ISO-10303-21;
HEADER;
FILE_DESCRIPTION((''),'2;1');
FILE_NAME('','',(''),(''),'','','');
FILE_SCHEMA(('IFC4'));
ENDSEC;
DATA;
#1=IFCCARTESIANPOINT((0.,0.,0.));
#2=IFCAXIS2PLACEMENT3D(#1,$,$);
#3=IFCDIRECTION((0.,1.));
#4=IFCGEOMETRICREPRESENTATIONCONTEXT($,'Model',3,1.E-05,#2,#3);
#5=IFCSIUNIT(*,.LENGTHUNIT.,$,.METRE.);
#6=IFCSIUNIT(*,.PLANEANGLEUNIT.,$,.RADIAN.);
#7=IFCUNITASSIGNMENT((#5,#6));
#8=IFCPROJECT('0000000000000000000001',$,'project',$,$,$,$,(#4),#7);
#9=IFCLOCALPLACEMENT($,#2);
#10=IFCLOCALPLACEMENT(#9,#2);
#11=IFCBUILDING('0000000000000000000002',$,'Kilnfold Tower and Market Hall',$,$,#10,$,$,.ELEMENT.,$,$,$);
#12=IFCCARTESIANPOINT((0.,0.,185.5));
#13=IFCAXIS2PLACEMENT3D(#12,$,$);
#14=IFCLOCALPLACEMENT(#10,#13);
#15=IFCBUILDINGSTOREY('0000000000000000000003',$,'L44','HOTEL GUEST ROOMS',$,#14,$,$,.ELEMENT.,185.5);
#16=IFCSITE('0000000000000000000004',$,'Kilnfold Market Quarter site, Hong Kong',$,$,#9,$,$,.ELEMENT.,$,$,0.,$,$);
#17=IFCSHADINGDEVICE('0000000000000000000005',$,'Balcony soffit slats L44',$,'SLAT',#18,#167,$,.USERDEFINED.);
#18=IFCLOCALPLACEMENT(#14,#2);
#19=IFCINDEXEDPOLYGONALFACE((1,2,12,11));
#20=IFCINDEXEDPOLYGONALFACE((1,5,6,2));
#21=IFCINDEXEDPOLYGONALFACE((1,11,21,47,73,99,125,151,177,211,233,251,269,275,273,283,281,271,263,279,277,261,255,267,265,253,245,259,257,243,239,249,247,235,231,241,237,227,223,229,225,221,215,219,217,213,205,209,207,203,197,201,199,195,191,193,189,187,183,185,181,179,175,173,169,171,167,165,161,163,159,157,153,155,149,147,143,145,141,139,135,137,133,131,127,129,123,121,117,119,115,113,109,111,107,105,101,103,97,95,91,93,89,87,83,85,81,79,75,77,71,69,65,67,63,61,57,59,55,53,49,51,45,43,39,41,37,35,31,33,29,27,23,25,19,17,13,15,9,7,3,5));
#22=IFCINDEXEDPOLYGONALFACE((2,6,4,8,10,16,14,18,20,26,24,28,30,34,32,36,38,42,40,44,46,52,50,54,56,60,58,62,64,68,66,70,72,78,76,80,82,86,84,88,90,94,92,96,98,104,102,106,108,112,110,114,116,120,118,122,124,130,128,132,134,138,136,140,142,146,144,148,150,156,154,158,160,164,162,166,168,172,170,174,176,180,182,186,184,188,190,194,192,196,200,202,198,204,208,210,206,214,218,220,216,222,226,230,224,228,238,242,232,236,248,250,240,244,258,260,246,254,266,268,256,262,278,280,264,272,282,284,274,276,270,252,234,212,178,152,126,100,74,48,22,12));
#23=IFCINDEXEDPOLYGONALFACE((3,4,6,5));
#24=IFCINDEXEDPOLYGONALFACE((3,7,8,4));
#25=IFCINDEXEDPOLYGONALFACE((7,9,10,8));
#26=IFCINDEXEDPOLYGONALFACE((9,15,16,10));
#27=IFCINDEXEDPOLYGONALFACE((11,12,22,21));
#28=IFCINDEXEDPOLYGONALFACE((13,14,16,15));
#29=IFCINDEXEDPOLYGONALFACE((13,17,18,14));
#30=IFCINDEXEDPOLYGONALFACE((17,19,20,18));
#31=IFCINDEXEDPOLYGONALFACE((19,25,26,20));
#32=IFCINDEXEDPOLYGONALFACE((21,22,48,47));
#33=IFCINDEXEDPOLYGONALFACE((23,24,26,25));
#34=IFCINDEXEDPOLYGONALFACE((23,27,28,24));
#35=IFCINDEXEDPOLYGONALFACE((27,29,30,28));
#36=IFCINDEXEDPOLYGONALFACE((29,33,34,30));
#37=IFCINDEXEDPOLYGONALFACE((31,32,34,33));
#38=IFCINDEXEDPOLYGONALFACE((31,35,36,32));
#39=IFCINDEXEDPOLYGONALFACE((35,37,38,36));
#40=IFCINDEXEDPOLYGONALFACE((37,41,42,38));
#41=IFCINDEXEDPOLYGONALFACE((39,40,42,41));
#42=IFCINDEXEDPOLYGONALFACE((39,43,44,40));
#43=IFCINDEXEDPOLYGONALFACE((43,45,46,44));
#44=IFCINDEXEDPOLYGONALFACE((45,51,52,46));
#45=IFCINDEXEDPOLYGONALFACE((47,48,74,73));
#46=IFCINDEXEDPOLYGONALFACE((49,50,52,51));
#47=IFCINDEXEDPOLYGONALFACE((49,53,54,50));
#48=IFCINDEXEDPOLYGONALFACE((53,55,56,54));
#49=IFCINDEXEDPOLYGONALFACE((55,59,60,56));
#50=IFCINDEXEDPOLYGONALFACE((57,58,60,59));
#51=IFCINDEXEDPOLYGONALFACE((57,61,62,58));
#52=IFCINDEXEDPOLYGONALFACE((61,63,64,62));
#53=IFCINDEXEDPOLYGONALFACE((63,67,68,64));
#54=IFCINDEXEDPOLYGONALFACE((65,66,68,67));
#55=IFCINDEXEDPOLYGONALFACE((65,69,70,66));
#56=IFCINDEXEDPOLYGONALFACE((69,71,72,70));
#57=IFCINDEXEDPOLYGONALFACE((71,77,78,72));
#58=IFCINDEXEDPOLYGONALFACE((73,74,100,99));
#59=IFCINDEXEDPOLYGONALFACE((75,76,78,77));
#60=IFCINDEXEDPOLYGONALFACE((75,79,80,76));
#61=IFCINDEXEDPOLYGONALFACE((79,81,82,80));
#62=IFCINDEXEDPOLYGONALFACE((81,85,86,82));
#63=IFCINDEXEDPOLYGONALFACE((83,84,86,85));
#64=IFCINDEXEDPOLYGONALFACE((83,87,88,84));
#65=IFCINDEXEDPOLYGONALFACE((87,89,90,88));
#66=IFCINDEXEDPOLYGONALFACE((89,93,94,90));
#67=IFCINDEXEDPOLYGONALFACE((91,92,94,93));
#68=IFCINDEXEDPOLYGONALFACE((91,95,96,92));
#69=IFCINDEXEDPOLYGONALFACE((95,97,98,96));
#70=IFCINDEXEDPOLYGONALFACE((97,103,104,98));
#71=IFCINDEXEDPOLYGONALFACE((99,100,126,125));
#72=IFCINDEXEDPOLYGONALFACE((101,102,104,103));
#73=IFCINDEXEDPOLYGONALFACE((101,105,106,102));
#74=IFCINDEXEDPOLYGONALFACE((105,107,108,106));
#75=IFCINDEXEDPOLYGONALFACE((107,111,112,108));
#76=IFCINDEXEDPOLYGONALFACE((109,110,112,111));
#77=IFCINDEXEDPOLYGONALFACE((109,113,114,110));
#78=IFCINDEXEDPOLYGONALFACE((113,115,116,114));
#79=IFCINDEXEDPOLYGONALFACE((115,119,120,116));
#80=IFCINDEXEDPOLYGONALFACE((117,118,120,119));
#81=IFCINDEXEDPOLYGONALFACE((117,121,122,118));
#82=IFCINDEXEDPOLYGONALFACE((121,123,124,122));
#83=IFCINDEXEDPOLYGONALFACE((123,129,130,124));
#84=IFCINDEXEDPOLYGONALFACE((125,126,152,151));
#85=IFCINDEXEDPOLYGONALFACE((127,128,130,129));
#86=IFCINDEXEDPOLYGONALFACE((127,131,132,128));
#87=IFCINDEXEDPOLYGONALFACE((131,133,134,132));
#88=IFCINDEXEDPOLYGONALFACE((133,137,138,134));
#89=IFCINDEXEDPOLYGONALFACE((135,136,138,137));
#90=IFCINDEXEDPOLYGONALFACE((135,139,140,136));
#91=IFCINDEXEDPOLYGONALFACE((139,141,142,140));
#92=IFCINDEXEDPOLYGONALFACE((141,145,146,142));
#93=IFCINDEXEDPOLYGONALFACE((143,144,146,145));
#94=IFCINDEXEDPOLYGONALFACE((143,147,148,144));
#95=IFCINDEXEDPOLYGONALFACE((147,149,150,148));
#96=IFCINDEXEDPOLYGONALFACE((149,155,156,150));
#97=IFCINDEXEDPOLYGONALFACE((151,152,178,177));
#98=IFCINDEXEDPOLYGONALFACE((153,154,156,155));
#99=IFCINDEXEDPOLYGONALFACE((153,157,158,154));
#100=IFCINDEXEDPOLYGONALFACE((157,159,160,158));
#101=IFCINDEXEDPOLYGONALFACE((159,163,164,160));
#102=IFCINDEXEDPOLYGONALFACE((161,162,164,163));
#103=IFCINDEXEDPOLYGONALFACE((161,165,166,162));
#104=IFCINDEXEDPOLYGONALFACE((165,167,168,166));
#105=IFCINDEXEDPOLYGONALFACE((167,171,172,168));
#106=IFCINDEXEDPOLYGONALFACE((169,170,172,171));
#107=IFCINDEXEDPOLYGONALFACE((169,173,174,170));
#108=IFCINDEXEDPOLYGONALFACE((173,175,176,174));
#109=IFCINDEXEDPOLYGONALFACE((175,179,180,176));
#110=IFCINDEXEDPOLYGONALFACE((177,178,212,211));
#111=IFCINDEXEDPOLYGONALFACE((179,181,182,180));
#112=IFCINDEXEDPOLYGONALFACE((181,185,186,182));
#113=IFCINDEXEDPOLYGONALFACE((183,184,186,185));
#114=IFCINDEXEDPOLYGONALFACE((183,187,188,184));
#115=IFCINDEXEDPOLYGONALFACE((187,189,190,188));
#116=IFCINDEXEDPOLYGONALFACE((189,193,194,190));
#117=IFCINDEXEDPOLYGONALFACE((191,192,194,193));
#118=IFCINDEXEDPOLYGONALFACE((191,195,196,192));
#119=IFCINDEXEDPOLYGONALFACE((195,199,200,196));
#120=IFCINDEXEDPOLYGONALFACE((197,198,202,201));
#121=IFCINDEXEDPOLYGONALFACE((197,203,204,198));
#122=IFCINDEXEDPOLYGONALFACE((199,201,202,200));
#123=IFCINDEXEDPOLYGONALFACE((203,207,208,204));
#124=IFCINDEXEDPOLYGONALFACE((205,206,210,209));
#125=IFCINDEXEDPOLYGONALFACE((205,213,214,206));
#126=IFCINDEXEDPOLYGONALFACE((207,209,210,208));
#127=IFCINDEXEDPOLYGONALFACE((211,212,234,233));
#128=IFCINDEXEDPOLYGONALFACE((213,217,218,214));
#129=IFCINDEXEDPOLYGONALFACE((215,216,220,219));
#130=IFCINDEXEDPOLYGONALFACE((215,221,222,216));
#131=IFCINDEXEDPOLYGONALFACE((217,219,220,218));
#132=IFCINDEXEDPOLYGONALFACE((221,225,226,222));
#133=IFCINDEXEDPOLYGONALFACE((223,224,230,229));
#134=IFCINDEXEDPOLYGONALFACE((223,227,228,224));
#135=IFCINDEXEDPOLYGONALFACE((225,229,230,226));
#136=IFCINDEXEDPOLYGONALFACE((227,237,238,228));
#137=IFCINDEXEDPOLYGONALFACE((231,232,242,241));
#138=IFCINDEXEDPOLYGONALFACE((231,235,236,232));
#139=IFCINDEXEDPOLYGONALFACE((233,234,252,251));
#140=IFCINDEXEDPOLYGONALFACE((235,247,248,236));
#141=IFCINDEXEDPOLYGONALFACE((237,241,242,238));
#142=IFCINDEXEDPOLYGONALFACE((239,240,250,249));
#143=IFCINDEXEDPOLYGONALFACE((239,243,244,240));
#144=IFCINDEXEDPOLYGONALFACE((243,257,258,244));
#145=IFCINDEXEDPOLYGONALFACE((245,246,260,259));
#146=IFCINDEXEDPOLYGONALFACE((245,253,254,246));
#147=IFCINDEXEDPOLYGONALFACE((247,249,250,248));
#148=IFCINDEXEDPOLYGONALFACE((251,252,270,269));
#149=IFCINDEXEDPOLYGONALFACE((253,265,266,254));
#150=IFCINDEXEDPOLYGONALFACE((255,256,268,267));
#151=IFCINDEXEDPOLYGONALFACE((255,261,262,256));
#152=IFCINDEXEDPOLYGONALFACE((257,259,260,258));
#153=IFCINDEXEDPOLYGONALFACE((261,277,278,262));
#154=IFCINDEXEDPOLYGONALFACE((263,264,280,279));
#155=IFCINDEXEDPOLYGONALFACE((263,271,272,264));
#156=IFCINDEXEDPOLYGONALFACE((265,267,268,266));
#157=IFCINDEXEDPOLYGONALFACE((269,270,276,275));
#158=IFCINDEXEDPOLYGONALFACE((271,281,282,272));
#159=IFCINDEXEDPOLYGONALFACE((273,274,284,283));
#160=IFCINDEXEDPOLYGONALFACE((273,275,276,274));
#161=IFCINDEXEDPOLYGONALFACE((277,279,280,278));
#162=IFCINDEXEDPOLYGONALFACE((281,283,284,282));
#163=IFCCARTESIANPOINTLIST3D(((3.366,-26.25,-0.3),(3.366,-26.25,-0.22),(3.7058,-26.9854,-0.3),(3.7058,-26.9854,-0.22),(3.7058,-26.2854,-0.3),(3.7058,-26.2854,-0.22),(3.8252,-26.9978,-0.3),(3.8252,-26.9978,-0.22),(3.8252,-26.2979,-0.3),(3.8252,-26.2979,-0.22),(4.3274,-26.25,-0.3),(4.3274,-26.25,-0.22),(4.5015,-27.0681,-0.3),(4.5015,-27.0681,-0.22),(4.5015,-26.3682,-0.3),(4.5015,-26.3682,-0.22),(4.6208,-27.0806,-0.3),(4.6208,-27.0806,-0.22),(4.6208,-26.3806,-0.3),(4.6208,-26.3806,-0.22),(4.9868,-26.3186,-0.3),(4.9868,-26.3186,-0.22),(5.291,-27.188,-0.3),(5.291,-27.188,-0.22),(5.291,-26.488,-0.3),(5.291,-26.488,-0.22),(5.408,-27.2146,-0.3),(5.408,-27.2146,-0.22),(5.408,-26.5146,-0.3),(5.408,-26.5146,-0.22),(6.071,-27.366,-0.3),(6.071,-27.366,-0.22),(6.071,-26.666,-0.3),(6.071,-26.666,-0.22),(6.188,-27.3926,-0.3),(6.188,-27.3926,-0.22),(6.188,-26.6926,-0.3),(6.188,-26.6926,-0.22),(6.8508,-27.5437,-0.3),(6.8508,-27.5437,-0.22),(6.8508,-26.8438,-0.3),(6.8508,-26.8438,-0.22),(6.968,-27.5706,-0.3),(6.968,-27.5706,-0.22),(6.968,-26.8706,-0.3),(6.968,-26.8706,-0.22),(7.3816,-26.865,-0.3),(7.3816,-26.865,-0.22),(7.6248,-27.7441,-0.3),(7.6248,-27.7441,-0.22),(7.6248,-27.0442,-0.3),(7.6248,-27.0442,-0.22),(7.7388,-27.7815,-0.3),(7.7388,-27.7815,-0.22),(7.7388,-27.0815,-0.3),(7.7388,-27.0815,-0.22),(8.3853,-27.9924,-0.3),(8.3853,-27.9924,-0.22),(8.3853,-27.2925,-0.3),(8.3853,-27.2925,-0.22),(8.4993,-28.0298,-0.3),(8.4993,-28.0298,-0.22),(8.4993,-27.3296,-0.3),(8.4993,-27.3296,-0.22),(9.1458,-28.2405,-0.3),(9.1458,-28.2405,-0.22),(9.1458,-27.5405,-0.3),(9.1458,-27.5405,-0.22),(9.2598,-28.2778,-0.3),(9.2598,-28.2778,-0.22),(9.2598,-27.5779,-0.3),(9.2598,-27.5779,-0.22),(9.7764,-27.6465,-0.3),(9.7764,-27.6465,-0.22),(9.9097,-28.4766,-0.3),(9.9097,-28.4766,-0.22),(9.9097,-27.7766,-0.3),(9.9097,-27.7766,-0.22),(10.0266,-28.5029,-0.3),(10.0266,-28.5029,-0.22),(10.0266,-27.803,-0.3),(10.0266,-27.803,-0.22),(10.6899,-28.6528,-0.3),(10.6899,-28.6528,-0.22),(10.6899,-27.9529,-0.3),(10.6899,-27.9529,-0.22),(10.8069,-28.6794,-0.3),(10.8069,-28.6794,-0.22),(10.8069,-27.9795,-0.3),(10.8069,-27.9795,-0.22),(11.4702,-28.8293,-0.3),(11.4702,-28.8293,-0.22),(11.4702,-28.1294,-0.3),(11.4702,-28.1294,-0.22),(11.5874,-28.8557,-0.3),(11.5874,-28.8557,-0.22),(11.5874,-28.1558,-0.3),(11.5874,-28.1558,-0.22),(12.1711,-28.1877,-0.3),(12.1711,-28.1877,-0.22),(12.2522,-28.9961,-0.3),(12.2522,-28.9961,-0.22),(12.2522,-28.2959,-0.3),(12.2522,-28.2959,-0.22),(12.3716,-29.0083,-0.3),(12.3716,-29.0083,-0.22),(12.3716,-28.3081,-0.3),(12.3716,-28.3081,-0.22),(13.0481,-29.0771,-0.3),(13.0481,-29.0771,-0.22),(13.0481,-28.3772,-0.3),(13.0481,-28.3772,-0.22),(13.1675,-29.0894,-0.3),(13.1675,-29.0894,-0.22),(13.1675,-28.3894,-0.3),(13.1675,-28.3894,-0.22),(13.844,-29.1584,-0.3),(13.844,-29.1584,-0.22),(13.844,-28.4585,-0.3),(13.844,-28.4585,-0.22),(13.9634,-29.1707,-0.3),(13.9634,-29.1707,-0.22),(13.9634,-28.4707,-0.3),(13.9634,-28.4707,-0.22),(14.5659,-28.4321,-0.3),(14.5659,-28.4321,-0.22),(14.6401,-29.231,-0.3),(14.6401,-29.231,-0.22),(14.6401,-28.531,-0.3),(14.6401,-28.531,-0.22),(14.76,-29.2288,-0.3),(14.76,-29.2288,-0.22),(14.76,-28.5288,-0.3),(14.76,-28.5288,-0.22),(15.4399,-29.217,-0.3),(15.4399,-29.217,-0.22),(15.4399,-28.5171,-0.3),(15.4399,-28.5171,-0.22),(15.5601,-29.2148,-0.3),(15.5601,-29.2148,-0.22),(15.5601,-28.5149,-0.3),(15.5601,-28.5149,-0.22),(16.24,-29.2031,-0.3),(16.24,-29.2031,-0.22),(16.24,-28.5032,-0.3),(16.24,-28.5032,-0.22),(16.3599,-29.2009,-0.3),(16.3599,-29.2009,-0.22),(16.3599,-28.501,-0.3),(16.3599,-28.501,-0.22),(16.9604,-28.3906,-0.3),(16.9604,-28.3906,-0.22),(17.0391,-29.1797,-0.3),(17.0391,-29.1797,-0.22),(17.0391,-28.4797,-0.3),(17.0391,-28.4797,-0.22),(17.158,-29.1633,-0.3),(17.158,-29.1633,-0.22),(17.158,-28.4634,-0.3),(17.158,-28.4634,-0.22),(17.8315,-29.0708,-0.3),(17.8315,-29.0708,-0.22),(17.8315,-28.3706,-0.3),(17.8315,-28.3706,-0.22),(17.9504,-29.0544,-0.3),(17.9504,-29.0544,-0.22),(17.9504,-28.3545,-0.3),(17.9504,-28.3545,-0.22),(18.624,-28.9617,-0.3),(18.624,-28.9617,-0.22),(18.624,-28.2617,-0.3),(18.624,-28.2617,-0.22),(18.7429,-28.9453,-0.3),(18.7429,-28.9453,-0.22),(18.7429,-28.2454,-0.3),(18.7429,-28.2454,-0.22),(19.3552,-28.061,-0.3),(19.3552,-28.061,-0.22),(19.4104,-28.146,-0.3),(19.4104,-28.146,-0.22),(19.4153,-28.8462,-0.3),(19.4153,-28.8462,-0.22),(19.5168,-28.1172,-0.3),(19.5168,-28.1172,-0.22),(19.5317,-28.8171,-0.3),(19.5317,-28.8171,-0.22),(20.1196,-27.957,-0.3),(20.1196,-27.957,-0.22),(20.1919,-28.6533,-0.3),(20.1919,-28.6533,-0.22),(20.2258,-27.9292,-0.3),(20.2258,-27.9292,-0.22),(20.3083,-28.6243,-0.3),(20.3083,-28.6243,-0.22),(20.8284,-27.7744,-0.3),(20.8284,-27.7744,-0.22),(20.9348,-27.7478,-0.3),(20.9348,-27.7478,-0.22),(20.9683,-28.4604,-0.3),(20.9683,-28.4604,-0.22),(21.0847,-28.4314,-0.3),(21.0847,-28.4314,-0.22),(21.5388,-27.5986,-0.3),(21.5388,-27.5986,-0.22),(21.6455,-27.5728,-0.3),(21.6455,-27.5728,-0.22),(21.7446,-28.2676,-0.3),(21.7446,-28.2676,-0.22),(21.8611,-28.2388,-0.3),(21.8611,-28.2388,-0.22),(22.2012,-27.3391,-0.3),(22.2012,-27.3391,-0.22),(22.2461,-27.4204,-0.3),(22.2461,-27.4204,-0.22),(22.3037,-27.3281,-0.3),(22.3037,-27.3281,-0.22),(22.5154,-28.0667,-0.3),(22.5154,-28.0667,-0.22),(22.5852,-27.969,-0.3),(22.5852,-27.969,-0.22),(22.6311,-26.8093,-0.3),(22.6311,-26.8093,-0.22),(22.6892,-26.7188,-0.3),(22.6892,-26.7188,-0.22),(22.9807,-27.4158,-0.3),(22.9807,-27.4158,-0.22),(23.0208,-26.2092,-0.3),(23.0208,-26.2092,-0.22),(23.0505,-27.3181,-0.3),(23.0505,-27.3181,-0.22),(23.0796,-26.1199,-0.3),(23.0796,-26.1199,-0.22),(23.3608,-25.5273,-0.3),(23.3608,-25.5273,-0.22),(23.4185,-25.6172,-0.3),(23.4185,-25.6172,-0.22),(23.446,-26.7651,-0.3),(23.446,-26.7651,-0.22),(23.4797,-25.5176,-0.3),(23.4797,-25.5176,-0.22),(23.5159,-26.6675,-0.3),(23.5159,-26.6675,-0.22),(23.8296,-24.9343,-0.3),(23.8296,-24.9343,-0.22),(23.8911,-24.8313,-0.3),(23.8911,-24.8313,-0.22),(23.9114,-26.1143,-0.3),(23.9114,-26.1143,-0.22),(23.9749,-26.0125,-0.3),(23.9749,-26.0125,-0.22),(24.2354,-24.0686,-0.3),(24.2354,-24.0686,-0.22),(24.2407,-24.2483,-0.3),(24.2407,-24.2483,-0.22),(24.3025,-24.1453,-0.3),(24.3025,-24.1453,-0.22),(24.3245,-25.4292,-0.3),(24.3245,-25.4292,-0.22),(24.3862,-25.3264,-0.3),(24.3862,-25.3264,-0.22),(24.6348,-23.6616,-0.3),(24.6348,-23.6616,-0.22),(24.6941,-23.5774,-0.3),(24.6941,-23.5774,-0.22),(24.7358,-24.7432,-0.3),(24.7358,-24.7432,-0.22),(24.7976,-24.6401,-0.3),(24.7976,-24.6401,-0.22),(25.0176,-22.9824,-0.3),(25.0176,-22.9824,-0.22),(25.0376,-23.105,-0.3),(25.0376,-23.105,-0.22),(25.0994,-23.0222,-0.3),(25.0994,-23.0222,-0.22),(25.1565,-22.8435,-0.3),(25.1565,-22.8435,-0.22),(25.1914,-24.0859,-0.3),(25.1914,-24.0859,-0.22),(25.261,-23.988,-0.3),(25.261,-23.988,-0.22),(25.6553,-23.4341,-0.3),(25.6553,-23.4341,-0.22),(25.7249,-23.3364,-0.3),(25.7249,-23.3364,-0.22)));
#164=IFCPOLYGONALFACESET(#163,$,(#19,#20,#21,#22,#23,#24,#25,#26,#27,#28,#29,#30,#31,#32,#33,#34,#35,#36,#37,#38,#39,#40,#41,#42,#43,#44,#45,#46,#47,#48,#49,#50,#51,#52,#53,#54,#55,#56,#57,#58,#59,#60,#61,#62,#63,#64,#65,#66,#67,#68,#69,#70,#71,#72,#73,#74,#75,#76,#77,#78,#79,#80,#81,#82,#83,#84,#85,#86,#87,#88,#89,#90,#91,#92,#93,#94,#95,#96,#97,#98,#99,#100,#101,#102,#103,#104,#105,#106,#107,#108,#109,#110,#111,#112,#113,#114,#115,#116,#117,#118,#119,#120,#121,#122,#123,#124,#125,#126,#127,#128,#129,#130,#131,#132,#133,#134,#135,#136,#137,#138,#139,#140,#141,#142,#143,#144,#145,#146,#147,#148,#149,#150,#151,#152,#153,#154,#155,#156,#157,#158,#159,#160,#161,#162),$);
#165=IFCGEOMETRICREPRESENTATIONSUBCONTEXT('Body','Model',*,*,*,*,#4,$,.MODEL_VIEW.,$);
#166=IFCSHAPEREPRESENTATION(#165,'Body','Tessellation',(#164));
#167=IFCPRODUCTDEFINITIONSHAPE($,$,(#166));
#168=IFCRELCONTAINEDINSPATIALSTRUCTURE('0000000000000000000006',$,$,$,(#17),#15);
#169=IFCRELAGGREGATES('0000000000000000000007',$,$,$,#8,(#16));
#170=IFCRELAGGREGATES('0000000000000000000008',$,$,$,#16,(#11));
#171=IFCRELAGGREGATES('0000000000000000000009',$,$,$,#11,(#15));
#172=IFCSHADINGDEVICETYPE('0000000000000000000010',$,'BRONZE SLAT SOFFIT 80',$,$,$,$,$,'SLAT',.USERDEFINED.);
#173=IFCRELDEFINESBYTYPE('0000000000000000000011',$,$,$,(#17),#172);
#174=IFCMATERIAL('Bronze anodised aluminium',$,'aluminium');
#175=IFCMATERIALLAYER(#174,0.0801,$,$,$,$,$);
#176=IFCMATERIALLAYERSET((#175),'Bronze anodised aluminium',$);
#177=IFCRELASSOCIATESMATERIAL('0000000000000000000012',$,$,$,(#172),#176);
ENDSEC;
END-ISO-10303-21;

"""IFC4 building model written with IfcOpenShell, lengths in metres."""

from ifc_helpers import new_model, si_unit, direction, frame, origin, place, context, subcontext, project, spatial, polyline, outline, extrude, source, transform, mapped, material, layer, layer_set, type_object, element, save


model = new_model("IFC4")

# Units and contexts
model_context = context("Model", 3, precision=1e-05, world=origin(), true_north=direction((0.0, 1.0)))
body_context = subcontext(model_context, "Body", "Model", "MODEL_VIEW")
ifc_project = project(units=[si_unit("LENGTHUNIT", "METRE"), si_unit("PLANEANGLEUNIT", "RADIAN")], contexts=[model_context])

# Site, building, storey
site_placement = place(None, origin())
site = spatial("IfcSite", under=ifc_project, at=site_placement, Name="Kilnfold Market Quarter site, Hong Kong", CompositionType="ELEMENT", RefElevation=0.0)
building_placement = place(site_placement, origin())
building = spatial("IfcBuilding", under=site, at=building_placement, Name="Kilnfold Tower and Market Hall", CompositionType="ELEMENT")
storey_placement = place(building_placement, frame((0.0, 0.0, 185.5)))
storey = spatial("IfcBuildingStorey", under=building, at=storey_placement, Name="L44", Description="HOTEL GUEST ROOMS", CompositionType="ELEMENT", Elevation=185.5)

# Shading device
ifc_material_1 = material(Name="Bronze anodised aluminium", Category="aluminium")
ifc_layer_1 = layer(ifc_material_1, 0.0801)
ifc_layer_set_1 = layer_set([ifc_layer_1], Name="Bronze anodised aluminium")
shading_device_type_1 = type_object("IfcShadingDeviceType", Name="BRONZE SLAT SOFFIT 80", ElementType="SLAT", PredefinedType="USERDEFINED", material=ifc_layer_set_1)
shared_shape_1 = source(origin(), body_context, "Body", "SweptSolid", [
    extrude(outline(polyline([(4.9868, -26.3186), (7.3816, -26.865), (9.7764, -27.6465), (12.1711, -28.1877), (14.5659, -28.4321), (16.9604, -28.3906), (19.3552, -28.061), (22.2012, -27.3391), (23.3608, -25.5273), (24.2354, -24.0686), (25.0176, -22.9824), (25.1565, -22.8435), (25.0994, -23.0222), (25.7249, -23.3364), (25.6553, -23.4341), (25.0376, -23.105), (24.6941, -23.5774), (25.261, -23.988), (25.1914, -24.0859), (24.6348, -23.6616), (24.3025, -24.1453), (24.7976, -24.6401), (24.7358, -24.7432), (24.2407, -24.2483), (23.8911, -24.8313), (24.3862, -25.3264), (24.3245, -25.4292), (23.8296, -24.9343), (23.4797, -25.5176), (23.9749, -26.0125), (23.9114, -26.1143), (23.4185, -25.6172), (23.0796, -26.1199), (23.5159, -26.6675), (23.446, -26.7651), (23.0208, -26.2092), (22.6892, -26.7188), (23.0505, -27.3181), (22.9807, -27.4158), (22.6311, -26.8093), (22.3037, -27.3281), (22.5852, -27.969), (22.5154, -28.0667), (22.2461, -27.4204), (21.6455, -27.5728), (21.8611, -28.2388), (21.7446, -28.2676), (21.5388, -27.5986), (20.9348, -27.7478), (21.0847, -28.4314), (20.9683, -28.4604), (20.8284, -27.7744), (20.2258, -27.9292), (20.3083, -28.6243), (20.1919, -28.6533), (20.1196, -27.957), (19.5168, -28.1172), (19.5317, -28.8171), (19.4153, -28.8462), (19.4104, -28.146), (18.7429, -28.2454), (18.7429, -28.9453), (18.624, -28.9617), (18.624, -28.2617), (17.9504, -28.3545), (17.9504, -29.0544), (17.8315, -29.0708), (17.8315, -28.3706), (17.158, -28.4634), (17.158, -29.1633), (17.0391, -29.1797), (17.0391, -28.4797), (16.3599, -28.501), (16.3599, -29.2009), (16.24, -29.2031), (16.24, -28.5032), (15.5601, -28.5149), (15.5601, -29.2148), (15.4399, -29.217), (15.4399, -28.5171), (14.76, -28.5288), (14.76, -29.2288), (14.6401, -29.231), (14.6401, -28.531), (13.9634, -28.4707), (13.9634, -29.1707), (13.844, -29.1584), (13.844, -28.4585), (13.1675, -28.3894), (13.1675, -29.0894), (13.0481, -29.0771), (13.0481, -28.3772), (12.3716, -28.3081), (12.3716, -29.0083), (12.2522, -28.9961), (12.2522, -28.2959), (11.5874, -28.1558), (11.5874, -28.8557), (11.4702, -28.8293), (11.4702, -28.1294), (10.8069, -27.9795), (10.8069, -28.6794), (10.6899, -28.6528), (10.6899, -27.9529), (10.0266, -27.803), (10.0266, -28.5029), (9.9097, -28.4766), (9.9097, -27.7766), (9.2598, -27.5779), (9.2598, -28.2778), (9.1458, -28.2405), (9.1458, -27.5405), (8.4993, -27.3296), (8.4993, -28.0298), (8.3853, -27.9924), (8.3853, -27.2925), (7.7388, -27.0815), (7.7388, -27.7815), (7.6248, -27.7441), (7.6248, -27.0442), (6.968, -26.8706), (6.968, -27.5706), (6.8508, -27.5437), (6.8508, -26.8438), (6.188, -26.6926), (6.188, -27.3926), (6.071, -27.366), (6.071, -26.666), (5.408, -26.5146), (5.408, -27.2146), (5.291, -27.188), (5.291, -26.488), (4.6208, -26.3806), (4.6208, -27.0806), (4.5015, -27.0681), (4.5015, -26.3682), (3.8252, -26.2979), (3.8252, -26.9978), (3.7058, -26.9854), (3.7058, -26.2854), (3.366, -26.25), (4.3274, -26.25), (4.9868, -26.3186)])), origin(), (0.0, 0.0, 1.0), 0.0801),
])
shading_device_1_placement = place(storey_placement, frame((0.0, 0.0, -0.3)))
element("IfcShadingDevice", 1, at=shading_device_1_placement, inside=storey, type_object=shading_device_type_1, Name="Balcony soffit slats L44", ObjectType="SLAT", PredefinedType="USERDEFINED", context=body_context, shape_type="MappedRepresentation", body=[
    mapped(shared_shape_1, transform((0.0, 0.0, 0.0))),
])

save(model, "model.ifc")
